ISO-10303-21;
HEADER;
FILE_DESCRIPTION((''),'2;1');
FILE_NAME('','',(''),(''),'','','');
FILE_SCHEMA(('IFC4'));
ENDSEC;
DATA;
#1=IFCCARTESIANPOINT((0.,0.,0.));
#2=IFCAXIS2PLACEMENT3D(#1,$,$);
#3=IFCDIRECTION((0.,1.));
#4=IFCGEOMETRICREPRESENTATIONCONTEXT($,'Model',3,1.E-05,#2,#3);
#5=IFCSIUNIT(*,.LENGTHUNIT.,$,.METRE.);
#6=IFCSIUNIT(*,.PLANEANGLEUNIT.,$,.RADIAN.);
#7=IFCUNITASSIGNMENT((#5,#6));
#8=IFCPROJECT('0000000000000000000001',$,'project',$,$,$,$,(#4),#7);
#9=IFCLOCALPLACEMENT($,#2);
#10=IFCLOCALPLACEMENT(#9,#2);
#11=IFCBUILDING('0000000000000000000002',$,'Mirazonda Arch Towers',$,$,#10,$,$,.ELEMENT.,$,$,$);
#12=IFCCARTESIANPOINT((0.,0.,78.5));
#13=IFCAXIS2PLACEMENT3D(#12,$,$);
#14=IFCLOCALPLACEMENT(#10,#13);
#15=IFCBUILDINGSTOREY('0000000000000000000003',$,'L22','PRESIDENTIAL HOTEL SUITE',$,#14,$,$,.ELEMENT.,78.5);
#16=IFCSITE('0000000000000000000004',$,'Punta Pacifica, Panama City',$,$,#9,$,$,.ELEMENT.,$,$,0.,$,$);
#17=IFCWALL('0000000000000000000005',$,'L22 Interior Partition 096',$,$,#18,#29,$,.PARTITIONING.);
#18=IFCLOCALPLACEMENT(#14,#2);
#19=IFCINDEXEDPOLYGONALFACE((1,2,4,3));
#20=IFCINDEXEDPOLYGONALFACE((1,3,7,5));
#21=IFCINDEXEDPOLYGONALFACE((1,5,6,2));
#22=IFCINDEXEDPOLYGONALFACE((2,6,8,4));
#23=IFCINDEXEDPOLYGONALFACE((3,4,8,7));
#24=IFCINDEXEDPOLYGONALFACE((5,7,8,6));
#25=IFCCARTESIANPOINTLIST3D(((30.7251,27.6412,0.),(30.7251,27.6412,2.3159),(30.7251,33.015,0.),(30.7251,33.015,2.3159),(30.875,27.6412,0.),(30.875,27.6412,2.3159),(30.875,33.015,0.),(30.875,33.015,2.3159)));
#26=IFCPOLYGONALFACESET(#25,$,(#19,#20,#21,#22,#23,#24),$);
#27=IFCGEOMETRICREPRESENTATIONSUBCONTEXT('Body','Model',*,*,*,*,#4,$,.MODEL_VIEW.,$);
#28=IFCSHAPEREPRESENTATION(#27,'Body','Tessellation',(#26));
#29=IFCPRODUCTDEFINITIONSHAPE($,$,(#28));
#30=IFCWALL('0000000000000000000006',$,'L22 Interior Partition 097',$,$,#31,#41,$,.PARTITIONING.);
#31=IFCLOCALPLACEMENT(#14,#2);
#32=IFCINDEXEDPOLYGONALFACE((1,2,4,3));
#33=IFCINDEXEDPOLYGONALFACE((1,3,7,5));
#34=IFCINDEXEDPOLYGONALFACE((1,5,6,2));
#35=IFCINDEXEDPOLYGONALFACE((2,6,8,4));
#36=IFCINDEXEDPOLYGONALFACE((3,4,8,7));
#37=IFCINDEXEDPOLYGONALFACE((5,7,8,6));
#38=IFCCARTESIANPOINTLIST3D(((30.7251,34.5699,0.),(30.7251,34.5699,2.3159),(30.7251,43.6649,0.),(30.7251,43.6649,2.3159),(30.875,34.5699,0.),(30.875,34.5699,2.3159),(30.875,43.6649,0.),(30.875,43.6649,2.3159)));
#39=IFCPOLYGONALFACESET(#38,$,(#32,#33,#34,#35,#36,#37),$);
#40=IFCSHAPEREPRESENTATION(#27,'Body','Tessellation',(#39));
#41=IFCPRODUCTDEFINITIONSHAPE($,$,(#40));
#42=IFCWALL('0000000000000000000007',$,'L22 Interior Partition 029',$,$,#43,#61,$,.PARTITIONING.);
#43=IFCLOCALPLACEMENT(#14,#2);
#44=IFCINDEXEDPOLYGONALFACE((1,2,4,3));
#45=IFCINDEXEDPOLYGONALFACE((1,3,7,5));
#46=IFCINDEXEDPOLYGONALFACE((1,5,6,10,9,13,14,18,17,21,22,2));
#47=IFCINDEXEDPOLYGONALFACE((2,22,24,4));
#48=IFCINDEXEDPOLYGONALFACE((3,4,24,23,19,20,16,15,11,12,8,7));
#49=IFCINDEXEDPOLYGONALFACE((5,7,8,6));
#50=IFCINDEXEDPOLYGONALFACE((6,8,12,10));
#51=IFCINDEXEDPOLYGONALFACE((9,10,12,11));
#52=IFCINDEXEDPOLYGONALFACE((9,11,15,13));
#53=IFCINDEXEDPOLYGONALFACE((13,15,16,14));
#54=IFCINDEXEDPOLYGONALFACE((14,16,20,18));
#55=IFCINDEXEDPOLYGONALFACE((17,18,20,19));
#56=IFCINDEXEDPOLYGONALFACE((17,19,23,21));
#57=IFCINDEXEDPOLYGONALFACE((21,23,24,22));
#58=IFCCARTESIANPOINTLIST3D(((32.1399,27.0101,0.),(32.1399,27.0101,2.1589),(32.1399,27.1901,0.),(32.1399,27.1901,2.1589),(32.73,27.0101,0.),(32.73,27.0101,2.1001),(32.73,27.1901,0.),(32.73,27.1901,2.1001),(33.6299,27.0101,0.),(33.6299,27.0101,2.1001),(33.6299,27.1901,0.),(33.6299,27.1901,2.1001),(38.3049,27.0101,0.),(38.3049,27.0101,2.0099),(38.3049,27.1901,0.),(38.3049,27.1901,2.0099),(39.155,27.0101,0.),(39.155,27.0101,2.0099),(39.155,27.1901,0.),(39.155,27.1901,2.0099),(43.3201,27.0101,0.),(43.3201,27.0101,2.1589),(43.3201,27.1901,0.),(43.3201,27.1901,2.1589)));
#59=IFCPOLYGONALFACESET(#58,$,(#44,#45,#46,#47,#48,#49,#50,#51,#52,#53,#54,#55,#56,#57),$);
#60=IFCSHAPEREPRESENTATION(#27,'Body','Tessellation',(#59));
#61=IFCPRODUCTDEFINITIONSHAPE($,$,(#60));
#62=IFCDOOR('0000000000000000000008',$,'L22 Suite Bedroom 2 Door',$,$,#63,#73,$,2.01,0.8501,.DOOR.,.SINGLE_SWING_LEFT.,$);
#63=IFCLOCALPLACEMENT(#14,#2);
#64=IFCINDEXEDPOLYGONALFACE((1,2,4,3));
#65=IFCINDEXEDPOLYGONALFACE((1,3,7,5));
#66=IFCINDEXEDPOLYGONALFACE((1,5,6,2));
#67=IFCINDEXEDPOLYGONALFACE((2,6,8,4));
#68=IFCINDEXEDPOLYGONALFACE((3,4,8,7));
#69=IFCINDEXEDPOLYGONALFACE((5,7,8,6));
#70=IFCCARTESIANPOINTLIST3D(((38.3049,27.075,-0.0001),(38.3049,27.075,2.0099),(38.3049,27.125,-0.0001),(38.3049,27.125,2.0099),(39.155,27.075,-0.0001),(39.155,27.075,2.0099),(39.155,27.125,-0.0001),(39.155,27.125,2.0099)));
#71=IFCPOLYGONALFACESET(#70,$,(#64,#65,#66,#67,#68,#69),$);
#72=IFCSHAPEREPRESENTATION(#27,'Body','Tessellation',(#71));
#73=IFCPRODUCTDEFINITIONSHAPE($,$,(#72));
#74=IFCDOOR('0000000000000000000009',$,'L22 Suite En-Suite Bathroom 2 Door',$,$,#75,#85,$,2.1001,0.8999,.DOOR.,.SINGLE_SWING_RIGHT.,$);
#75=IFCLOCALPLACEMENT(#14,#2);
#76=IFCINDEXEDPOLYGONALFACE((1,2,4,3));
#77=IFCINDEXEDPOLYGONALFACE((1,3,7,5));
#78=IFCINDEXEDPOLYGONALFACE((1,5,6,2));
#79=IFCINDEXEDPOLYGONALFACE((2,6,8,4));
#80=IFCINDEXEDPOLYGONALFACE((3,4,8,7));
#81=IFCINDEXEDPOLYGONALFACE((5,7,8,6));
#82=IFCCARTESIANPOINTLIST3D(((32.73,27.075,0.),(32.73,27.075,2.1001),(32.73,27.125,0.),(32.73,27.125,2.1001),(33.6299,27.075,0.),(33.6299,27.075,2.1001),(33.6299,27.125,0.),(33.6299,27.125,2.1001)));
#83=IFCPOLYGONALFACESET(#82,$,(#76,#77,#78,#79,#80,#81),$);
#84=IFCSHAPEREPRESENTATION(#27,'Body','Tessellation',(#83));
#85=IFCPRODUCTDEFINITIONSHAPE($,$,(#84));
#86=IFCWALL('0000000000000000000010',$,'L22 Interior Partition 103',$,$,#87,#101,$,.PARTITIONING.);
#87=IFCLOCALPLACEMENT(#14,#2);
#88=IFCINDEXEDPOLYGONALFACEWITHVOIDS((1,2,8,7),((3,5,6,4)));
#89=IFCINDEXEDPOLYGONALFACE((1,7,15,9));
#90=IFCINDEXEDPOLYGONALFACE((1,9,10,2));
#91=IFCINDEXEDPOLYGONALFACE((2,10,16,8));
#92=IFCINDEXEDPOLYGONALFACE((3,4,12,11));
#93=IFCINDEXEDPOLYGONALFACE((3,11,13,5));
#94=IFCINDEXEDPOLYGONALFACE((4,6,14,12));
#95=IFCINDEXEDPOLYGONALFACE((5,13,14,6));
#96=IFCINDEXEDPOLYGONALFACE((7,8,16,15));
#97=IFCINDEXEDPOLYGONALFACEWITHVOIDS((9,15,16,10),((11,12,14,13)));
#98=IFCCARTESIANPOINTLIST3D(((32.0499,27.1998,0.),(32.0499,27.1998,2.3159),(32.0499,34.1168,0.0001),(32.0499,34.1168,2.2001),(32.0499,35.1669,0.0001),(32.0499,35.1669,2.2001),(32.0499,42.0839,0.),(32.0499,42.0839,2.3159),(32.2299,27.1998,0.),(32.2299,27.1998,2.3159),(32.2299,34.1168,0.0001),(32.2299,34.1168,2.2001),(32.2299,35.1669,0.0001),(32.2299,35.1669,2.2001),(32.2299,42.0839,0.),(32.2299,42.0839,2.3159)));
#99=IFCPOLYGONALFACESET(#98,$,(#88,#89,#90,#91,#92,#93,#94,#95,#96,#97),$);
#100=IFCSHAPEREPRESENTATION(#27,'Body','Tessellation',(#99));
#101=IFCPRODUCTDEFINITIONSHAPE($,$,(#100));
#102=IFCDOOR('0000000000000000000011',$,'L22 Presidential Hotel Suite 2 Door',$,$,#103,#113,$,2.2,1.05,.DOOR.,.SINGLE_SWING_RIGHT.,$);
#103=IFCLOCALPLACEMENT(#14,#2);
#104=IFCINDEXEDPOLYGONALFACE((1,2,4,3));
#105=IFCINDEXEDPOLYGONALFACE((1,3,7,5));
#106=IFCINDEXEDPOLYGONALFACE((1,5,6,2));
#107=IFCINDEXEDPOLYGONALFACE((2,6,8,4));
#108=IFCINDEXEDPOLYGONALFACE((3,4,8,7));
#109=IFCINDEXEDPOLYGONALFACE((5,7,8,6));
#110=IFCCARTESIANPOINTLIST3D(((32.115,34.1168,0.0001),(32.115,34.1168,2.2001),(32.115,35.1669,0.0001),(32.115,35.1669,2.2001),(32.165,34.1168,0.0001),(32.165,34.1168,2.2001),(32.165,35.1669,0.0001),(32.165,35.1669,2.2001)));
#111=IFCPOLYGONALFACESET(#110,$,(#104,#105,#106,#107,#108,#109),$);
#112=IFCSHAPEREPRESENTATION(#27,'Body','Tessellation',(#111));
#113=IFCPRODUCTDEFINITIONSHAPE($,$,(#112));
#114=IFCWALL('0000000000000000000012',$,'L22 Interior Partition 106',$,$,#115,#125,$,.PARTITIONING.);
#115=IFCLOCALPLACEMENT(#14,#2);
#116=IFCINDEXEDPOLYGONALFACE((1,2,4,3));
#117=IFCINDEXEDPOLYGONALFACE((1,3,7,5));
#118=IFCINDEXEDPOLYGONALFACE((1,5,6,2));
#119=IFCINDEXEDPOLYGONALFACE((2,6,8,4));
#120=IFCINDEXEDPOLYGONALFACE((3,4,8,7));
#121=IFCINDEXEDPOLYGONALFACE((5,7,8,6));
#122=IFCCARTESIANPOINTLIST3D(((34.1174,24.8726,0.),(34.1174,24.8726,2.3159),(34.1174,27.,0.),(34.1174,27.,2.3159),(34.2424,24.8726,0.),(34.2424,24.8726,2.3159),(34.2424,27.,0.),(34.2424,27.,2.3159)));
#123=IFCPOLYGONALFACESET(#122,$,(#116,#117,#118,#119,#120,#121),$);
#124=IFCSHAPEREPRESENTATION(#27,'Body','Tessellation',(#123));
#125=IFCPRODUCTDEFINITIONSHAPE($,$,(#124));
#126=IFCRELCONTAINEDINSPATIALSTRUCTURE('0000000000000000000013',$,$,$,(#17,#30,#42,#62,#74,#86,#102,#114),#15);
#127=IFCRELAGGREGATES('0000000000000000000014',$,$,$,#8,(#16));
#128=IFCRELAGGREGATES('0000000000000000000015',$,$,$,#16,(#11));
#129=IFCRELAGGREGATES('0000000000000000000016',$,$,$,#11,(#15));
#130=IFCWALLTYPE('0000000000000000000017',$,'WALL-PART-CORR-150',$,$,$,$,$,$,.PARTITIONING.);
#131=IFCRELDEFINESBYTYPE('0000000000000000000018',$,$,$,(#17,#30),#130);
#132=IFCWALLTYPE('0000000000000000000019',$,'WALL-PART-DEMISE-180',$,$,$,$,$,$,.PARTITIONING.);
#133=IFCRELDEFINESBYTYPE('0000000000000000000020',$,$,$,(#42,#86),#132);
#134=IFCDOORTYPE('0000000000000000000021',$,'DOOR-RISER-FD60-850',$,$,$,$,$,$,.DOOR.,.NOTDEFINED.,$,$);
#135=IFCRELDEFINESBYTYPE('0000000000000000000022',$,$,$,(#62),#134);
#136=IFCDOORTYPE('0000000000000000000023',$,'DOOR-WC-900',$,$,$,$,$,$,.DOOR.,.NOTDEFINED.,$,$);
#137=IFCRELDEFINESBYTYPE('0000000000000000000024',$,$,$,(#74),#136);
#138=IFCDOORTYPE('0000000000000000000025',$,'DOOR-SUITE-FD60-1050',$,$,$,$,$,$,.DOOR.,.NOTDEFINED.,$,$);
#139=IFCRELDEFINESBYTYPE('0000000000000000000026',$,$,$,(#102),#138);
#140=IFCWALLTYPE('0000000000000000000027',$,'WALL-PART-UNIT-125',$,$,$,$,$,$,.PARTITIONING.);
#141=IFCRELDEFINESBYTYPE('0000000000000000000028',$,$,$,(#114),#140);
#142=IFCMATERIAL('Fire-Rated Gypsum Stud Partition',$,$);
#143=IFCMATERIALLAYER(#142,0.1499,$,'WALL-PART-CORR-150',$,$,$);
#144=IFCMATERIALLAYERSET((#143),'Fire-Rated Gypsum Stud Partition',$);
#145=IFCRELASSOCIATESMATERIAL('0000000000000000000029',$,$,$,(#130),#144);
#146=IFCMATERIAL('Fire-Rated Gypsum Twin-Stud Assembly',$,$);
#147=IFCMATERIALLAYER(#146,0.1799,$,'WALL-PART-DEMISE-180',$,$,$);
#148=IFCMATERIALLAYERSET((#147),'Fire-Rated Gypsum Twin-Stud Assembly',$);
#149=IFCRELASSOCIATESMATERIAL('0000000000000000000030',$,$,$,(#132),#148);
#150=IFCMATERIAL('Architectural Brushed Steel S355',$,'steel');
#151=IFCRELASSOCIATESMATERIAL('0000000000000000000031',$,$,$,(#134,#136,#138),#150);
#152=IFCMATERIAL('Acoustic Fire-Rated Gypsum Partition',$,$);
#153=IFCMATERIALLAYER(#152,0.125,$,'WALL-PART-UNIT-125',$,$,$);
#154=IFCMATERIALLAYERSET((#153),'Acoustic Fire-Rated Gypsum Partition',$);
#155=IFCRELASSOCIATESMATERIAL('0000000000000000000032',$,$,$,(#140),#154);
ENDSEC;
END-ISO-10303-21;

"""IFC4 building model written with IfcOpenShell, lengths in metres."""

from ifc_helpers import new_model, si_unit, direction, frame, frame_2d, origin, place, context, subcontext, project, spatial, rectangle, extrude, material, layer, layer_set, type_object, element, fill, save


model = new_model("IFC4")

# Units and contexts
model_context = context("Model", 3, precision=1e-05, world=origin(), true_north=direction((0.0, 1.0)))
body_context = subcontext(model_context, "Body", "Model", "MODEL_VIEW")
ifc_project = project(units=[si_unit("LENGTHUNIT", "METRE"), si_unit("PLANEANGLEUNIT", "RADIAN")], contexts=[model_context])

# Site, building, storey
site_placement = place(None, origin())
site = spatial("IfcSite", under=ifc_project, at=site_placement, Name="Punta Pacifica, Panama City", CompositionType="ELEMENT", RefElevation=0.0)
building_placement = place(site_placement, origin())
building = spatial("IfcBuilding", under=site, at=building_placement, Name="Mirazonda Arch Towers", CompositionType="ELEMENT")
storey_placement = place(building_placement, frame((0.0, 0.0, 78.5)))
storey = spatial("IfcBuildingStorey", under=building, at=storey_placement, Name="L22", Description="PRESIDENTIAL HOTEL SUITE", CompositionType="ELEMENT", Elevation=78.5)

# Walls
ifc_material_1 = material(Name="Fire-Rated Gypsum Stud Partition")
ifc_layer_1 = layer(ifc_material_1, 0.1499, Name="WALL-PART-CORR-150")
ifc_layer_set_1 = layer_set([ifc_layer_1], Name="Fire-Rated Gypsum Stud Partition")
wall_type_1 = type_object("IfcWallType", Name="WALL-PART-CORR-150", PredefinedType="PARTITIONING", material=ifc_layer_set_1)
wall_1_placement = place(storey_placement, frame((30.8, 27.6411, 0.0), z_axis=(0.0, 0.0, 1.0), x_axis=(0.0, 1.0, 0.0)))
element("IfcWall", 1, at=wall_1_placement, inside=storey, type_object=wall_type_1, Name="L22 Interior Partition 096", PredefinedType="PARTITIONING", context=body_context, shape_type="SweptSolid", body=[
    extrude(rectangle(XDim=5.3738, YDim=0.1499, at=frame_2d((2.687, 0.0))), origin(), (0.0, 0.0, 1.0), 2.3159),
])
wall_2_placement = place(storey_placement, frame((30.8, 34.5701, 0.0), z_axis=(0.0, 0.0, 1.0), x_axis=(0.0, 1.0, 0.0)))
element("IfcWall", 2, at=wall_2_placement, inside=storey, type_object=wall_type_1, Name="L22 Interior Partition 097", PredefinedType="PARTITIONING", context=body_context, shape_type="SweptSolid", body=[
    extrude(rectangle(XDim=9.095, YDim=0.1499, at=frame_2d((4.5474, 0.0))), origin(), (0.0, 0.0, 1.0), 2.3159),
])

# Wall, openings, doors
ifc_material_2 = material(Name="Fire-Rated Gypsum Twin-Stud Assembly")
ifc_layer_2 = layer(ifc_material_2, 0.1799, Name="WALL-PART-DEMISE-180")
ifc_layer_set_2 = layer_set([ifc_layer_2], Name="Fire-Rated Gypsum Twin-Stud Assembly")
wall_type_2 = type_object("IfcWallType", Name="WALL-PART-DEMISE-180", PredefinedType="PARTITIONING", material=ifc_layer_set_2)
wall_3_placement = place(storey_placement, frame((32.1399, 27.1001, 0.0), z_axis=(0.0, 0.0, 1.0), x_axis=(1.0, 0.0, 0.0)))
wall_3 = element("IfcWall", 3, at=wall_3_placement, inside=storey, type_object=wall_type_2, Name="L22 Interior Partition 029", PredefinedType="PARTITIONING", context=body_context, shape_type="SweptSolid", body=[
    extrude(rectangle(XDim=11.1802, YDim=0.1799, at=frame_2d((5.5901, 0.0))), origin(), (0.0, 0.0, 1.0), 2.1589),
])
opening_1_placement = place(wall_3_placement, frame((6.165, 0.0, 0.0)))
opening_1 = element("IfcOpeningElement", 4, at=opening_1_placement, cuts=wall_3, PredefinedType="OPENING", context=body_context, shape_type="SweptSolid", body=[
    extrude(rectangle(XDim=0.8501, YDim=2.01, at=frame_2d((0.425, 1.0049))), frame((0.0, 0.0999, 0.0), z_axis=(0.0, -1.0, 0.0), x_axis=(1.0, 0.0, 0.0)), (0.0, 0.0, 1.0), 0.2),
])
opening_2_placement = place(wall_3_placement, frame((0.5901, 0.0, 0.0)))
opening_2 = element("IfcOpeningElement", 5, at=opening_2_placement, cuts=wall_3, PredefinedType="OPENING", context=body_context, shape_type="SweptSolid", body=[
    extrude(rectangle(XDim=0.8999, YDim=2.1001, at=frame_2d((0.45, 1.05))), frame((0.0, 0.0999, 0.0), z_axis=(0.0, -1.0, 0.0), x_axis=(1.0, 0.0, 0.0)), (0.0, 0.0, 1.0), 0.2),
])
ifc_material_3 = material(Name="Architectural Brushed Steel S355", Category="steel")
door_type_1 = type_object("IfcDoorType", Name="DOOR-RISER-FD60-850", OperationType="NOTDEFINED", PredefinedType="DOOR", material=ifc_material_3)
door_1_placement = place(opening_1_placement, origin())
door_1 = element("IfcDoor", 6, at=door_1_placement, inside=storey, type_object=door_type_1, Name="L22 Suite Bedroom 2 Door", OperationType="SINGLE_SWING_LEFT", OverallHeight=2.01, OverallWidth=0.8501, PredefinedType="DOOR", context=body_context, shape_type="SweptSolid", body=[
    extrude(rectangle(XDim=0.8501, YDim=2.01, at=frame_2d((0.425, 1.0049))), frame((0.0, 0.0249, 0.0), z_axis=(0.0, -1.0, 0.0), x_axis=(1.0, 0.0, 0.0)), (0.0, 0.0, 1.0), 0.05),
])
fill(opening_1, door_1)
door_type_2 = type_object("IfcDoorType", Name="DOOR-WC-900", OperationType="NOTDEFINED", PredefinedType="DOOR", material=ifc_material_3)
door_2_placement = place(opening_2_placement, origin())
door_2 = element("IfcDoor", 7, at=door_2_placement, inside=storey, type_object=door_type_2, Name="L22 Suite En-Suite Bathroom 2 Door", OperationType="SINGLE_SWING_RIGHT", OverallHeight=2.1001, OverallWidth=0.8999, PredefinedType="DOOR", context=body_context, shape_type="SweptSolid", body=[
    extrude(rectangle(XDim=0.8999, YDim=2.1001, at=frame_2d((0.45, 1.05))), frame((0.0, 0.0249, 0.0), z_axis=(0.0, -1.0, 0.0), x_axis=(1.0, 0.0, 0.0)), (0.0, 0.0, 1.0), 0.05),
])
fill(opening_2, door_2)

# Wall, opening, door
wall_4_placement = place(storey_placement, frame((32.1399, 27.2, 0.0), z_axis=(0.0, 0.0, 1.0), x_axis=(0.0, 1.0, 0.0)))
wall_4 = element("IfcWall", 8, at=wall_4_placement, inside=storey, type_object=wall_type_2, Name="L22 Interior Partition 103", PredefinedType="PARTITIONING", context=body_context, shape_type="SweptSolid", body=[
    extrude(rectangle(XDim=14.884, YDim=0.1799, at=frame_2d((7.4419, 0.0))), origin(), (0.0, 0.0, 1.0), 2.3159),
])
opening_3_placement = place(wall_4_placement, frame((6.917, 0.0, 0.0)))
opening_3 = element("IfcOpeningElement", 9, at=opening_3_placement, cuts=wall_4, PredefinedType="OPENING", context=body_context, shape_type="SweptSolid", body=[
    extrude(rectangle(XDim=1.05, YDim=2.2, at=frame_2d((0.5249, 1.1001))), frame((0.0, 0.0999, 0.0), z_axis=(0.0, -1.0, 0.0), x_axis=(1.0, 0.0, 0.0)), (0.0, 0.0, 1.0), 0.2),
])
door_type_3 = type_object("IfcDoorType", Name="DOOR-SUITE-FD60-1050", OperationType="NOTDEFINED", PredefinedType="DOOR", material=ifc_material_3)
door_3_placement = place(opening_3_placement, origin())
door_3 = element("IfcDoor", 10, at=door_3_placement, inside=storey, type_object=door_type_3, Name="L22 Presidential Hotel Suite 2 Door", OperationType="SINGLE_SWING_RIGHT", OverallHeight=2.2, OverallWidth=1.05, PredefinedType="DOOR", context=body_context, shape_type="SweptSolid", body=[
    extrude(rectangle(XDim=1.05, YDim=2.2, at=frame_2d((0.5249, 1.1001))), frame((0.0, 0.0249, 0.0), z_axis=(0.0, -1.0, 0.0), x_axis=(1.0, 0.0, 0.0)), (0.0, 0.0, 1.0), 0.05),
])
fill(opening_3, door_3)

# Wall
ifc_material_4 = material(Name="Acoustic Fire-Rated Gypsum Partition")
ifc_layer_3 = layer(ifc_material_4, 0.125, Name="WALL-PART-UNIT-125")
ifc_layer_set_3 = layer_set([ifc_layer_3], Name="Acoustic Fire-Rated Gypsum Partition")
wall_type_3 = type_object("IfcWallType", Name="WALL-PART-UNIT-125", PredefinedType="PARTITIONING", material=ifc_layer_set_3)
wall_5_placement = place(storey_placement, frame((34.1799, 24.8726, 0.0), z_axis=(0.0, 0.0, 1.0), x_axis=(0.0, 1.0, 0.0)))
element("IfcWall", 11, at=wall_5_placement, inside=storey, type_object=wall_type_3, Name="L22 Interior Partition 106", PredefinedType="PARTITIONING", context=body_context, shape_type="SweptSolid", body=[
    extrude(rectangle(XDim=2.1274, YDim=0.125, at=frame_2d((1.0637, 0.0))), origin(), (0.0, 0.0, 1.0), 2.3159),
])

save(model, "model.ifc")
